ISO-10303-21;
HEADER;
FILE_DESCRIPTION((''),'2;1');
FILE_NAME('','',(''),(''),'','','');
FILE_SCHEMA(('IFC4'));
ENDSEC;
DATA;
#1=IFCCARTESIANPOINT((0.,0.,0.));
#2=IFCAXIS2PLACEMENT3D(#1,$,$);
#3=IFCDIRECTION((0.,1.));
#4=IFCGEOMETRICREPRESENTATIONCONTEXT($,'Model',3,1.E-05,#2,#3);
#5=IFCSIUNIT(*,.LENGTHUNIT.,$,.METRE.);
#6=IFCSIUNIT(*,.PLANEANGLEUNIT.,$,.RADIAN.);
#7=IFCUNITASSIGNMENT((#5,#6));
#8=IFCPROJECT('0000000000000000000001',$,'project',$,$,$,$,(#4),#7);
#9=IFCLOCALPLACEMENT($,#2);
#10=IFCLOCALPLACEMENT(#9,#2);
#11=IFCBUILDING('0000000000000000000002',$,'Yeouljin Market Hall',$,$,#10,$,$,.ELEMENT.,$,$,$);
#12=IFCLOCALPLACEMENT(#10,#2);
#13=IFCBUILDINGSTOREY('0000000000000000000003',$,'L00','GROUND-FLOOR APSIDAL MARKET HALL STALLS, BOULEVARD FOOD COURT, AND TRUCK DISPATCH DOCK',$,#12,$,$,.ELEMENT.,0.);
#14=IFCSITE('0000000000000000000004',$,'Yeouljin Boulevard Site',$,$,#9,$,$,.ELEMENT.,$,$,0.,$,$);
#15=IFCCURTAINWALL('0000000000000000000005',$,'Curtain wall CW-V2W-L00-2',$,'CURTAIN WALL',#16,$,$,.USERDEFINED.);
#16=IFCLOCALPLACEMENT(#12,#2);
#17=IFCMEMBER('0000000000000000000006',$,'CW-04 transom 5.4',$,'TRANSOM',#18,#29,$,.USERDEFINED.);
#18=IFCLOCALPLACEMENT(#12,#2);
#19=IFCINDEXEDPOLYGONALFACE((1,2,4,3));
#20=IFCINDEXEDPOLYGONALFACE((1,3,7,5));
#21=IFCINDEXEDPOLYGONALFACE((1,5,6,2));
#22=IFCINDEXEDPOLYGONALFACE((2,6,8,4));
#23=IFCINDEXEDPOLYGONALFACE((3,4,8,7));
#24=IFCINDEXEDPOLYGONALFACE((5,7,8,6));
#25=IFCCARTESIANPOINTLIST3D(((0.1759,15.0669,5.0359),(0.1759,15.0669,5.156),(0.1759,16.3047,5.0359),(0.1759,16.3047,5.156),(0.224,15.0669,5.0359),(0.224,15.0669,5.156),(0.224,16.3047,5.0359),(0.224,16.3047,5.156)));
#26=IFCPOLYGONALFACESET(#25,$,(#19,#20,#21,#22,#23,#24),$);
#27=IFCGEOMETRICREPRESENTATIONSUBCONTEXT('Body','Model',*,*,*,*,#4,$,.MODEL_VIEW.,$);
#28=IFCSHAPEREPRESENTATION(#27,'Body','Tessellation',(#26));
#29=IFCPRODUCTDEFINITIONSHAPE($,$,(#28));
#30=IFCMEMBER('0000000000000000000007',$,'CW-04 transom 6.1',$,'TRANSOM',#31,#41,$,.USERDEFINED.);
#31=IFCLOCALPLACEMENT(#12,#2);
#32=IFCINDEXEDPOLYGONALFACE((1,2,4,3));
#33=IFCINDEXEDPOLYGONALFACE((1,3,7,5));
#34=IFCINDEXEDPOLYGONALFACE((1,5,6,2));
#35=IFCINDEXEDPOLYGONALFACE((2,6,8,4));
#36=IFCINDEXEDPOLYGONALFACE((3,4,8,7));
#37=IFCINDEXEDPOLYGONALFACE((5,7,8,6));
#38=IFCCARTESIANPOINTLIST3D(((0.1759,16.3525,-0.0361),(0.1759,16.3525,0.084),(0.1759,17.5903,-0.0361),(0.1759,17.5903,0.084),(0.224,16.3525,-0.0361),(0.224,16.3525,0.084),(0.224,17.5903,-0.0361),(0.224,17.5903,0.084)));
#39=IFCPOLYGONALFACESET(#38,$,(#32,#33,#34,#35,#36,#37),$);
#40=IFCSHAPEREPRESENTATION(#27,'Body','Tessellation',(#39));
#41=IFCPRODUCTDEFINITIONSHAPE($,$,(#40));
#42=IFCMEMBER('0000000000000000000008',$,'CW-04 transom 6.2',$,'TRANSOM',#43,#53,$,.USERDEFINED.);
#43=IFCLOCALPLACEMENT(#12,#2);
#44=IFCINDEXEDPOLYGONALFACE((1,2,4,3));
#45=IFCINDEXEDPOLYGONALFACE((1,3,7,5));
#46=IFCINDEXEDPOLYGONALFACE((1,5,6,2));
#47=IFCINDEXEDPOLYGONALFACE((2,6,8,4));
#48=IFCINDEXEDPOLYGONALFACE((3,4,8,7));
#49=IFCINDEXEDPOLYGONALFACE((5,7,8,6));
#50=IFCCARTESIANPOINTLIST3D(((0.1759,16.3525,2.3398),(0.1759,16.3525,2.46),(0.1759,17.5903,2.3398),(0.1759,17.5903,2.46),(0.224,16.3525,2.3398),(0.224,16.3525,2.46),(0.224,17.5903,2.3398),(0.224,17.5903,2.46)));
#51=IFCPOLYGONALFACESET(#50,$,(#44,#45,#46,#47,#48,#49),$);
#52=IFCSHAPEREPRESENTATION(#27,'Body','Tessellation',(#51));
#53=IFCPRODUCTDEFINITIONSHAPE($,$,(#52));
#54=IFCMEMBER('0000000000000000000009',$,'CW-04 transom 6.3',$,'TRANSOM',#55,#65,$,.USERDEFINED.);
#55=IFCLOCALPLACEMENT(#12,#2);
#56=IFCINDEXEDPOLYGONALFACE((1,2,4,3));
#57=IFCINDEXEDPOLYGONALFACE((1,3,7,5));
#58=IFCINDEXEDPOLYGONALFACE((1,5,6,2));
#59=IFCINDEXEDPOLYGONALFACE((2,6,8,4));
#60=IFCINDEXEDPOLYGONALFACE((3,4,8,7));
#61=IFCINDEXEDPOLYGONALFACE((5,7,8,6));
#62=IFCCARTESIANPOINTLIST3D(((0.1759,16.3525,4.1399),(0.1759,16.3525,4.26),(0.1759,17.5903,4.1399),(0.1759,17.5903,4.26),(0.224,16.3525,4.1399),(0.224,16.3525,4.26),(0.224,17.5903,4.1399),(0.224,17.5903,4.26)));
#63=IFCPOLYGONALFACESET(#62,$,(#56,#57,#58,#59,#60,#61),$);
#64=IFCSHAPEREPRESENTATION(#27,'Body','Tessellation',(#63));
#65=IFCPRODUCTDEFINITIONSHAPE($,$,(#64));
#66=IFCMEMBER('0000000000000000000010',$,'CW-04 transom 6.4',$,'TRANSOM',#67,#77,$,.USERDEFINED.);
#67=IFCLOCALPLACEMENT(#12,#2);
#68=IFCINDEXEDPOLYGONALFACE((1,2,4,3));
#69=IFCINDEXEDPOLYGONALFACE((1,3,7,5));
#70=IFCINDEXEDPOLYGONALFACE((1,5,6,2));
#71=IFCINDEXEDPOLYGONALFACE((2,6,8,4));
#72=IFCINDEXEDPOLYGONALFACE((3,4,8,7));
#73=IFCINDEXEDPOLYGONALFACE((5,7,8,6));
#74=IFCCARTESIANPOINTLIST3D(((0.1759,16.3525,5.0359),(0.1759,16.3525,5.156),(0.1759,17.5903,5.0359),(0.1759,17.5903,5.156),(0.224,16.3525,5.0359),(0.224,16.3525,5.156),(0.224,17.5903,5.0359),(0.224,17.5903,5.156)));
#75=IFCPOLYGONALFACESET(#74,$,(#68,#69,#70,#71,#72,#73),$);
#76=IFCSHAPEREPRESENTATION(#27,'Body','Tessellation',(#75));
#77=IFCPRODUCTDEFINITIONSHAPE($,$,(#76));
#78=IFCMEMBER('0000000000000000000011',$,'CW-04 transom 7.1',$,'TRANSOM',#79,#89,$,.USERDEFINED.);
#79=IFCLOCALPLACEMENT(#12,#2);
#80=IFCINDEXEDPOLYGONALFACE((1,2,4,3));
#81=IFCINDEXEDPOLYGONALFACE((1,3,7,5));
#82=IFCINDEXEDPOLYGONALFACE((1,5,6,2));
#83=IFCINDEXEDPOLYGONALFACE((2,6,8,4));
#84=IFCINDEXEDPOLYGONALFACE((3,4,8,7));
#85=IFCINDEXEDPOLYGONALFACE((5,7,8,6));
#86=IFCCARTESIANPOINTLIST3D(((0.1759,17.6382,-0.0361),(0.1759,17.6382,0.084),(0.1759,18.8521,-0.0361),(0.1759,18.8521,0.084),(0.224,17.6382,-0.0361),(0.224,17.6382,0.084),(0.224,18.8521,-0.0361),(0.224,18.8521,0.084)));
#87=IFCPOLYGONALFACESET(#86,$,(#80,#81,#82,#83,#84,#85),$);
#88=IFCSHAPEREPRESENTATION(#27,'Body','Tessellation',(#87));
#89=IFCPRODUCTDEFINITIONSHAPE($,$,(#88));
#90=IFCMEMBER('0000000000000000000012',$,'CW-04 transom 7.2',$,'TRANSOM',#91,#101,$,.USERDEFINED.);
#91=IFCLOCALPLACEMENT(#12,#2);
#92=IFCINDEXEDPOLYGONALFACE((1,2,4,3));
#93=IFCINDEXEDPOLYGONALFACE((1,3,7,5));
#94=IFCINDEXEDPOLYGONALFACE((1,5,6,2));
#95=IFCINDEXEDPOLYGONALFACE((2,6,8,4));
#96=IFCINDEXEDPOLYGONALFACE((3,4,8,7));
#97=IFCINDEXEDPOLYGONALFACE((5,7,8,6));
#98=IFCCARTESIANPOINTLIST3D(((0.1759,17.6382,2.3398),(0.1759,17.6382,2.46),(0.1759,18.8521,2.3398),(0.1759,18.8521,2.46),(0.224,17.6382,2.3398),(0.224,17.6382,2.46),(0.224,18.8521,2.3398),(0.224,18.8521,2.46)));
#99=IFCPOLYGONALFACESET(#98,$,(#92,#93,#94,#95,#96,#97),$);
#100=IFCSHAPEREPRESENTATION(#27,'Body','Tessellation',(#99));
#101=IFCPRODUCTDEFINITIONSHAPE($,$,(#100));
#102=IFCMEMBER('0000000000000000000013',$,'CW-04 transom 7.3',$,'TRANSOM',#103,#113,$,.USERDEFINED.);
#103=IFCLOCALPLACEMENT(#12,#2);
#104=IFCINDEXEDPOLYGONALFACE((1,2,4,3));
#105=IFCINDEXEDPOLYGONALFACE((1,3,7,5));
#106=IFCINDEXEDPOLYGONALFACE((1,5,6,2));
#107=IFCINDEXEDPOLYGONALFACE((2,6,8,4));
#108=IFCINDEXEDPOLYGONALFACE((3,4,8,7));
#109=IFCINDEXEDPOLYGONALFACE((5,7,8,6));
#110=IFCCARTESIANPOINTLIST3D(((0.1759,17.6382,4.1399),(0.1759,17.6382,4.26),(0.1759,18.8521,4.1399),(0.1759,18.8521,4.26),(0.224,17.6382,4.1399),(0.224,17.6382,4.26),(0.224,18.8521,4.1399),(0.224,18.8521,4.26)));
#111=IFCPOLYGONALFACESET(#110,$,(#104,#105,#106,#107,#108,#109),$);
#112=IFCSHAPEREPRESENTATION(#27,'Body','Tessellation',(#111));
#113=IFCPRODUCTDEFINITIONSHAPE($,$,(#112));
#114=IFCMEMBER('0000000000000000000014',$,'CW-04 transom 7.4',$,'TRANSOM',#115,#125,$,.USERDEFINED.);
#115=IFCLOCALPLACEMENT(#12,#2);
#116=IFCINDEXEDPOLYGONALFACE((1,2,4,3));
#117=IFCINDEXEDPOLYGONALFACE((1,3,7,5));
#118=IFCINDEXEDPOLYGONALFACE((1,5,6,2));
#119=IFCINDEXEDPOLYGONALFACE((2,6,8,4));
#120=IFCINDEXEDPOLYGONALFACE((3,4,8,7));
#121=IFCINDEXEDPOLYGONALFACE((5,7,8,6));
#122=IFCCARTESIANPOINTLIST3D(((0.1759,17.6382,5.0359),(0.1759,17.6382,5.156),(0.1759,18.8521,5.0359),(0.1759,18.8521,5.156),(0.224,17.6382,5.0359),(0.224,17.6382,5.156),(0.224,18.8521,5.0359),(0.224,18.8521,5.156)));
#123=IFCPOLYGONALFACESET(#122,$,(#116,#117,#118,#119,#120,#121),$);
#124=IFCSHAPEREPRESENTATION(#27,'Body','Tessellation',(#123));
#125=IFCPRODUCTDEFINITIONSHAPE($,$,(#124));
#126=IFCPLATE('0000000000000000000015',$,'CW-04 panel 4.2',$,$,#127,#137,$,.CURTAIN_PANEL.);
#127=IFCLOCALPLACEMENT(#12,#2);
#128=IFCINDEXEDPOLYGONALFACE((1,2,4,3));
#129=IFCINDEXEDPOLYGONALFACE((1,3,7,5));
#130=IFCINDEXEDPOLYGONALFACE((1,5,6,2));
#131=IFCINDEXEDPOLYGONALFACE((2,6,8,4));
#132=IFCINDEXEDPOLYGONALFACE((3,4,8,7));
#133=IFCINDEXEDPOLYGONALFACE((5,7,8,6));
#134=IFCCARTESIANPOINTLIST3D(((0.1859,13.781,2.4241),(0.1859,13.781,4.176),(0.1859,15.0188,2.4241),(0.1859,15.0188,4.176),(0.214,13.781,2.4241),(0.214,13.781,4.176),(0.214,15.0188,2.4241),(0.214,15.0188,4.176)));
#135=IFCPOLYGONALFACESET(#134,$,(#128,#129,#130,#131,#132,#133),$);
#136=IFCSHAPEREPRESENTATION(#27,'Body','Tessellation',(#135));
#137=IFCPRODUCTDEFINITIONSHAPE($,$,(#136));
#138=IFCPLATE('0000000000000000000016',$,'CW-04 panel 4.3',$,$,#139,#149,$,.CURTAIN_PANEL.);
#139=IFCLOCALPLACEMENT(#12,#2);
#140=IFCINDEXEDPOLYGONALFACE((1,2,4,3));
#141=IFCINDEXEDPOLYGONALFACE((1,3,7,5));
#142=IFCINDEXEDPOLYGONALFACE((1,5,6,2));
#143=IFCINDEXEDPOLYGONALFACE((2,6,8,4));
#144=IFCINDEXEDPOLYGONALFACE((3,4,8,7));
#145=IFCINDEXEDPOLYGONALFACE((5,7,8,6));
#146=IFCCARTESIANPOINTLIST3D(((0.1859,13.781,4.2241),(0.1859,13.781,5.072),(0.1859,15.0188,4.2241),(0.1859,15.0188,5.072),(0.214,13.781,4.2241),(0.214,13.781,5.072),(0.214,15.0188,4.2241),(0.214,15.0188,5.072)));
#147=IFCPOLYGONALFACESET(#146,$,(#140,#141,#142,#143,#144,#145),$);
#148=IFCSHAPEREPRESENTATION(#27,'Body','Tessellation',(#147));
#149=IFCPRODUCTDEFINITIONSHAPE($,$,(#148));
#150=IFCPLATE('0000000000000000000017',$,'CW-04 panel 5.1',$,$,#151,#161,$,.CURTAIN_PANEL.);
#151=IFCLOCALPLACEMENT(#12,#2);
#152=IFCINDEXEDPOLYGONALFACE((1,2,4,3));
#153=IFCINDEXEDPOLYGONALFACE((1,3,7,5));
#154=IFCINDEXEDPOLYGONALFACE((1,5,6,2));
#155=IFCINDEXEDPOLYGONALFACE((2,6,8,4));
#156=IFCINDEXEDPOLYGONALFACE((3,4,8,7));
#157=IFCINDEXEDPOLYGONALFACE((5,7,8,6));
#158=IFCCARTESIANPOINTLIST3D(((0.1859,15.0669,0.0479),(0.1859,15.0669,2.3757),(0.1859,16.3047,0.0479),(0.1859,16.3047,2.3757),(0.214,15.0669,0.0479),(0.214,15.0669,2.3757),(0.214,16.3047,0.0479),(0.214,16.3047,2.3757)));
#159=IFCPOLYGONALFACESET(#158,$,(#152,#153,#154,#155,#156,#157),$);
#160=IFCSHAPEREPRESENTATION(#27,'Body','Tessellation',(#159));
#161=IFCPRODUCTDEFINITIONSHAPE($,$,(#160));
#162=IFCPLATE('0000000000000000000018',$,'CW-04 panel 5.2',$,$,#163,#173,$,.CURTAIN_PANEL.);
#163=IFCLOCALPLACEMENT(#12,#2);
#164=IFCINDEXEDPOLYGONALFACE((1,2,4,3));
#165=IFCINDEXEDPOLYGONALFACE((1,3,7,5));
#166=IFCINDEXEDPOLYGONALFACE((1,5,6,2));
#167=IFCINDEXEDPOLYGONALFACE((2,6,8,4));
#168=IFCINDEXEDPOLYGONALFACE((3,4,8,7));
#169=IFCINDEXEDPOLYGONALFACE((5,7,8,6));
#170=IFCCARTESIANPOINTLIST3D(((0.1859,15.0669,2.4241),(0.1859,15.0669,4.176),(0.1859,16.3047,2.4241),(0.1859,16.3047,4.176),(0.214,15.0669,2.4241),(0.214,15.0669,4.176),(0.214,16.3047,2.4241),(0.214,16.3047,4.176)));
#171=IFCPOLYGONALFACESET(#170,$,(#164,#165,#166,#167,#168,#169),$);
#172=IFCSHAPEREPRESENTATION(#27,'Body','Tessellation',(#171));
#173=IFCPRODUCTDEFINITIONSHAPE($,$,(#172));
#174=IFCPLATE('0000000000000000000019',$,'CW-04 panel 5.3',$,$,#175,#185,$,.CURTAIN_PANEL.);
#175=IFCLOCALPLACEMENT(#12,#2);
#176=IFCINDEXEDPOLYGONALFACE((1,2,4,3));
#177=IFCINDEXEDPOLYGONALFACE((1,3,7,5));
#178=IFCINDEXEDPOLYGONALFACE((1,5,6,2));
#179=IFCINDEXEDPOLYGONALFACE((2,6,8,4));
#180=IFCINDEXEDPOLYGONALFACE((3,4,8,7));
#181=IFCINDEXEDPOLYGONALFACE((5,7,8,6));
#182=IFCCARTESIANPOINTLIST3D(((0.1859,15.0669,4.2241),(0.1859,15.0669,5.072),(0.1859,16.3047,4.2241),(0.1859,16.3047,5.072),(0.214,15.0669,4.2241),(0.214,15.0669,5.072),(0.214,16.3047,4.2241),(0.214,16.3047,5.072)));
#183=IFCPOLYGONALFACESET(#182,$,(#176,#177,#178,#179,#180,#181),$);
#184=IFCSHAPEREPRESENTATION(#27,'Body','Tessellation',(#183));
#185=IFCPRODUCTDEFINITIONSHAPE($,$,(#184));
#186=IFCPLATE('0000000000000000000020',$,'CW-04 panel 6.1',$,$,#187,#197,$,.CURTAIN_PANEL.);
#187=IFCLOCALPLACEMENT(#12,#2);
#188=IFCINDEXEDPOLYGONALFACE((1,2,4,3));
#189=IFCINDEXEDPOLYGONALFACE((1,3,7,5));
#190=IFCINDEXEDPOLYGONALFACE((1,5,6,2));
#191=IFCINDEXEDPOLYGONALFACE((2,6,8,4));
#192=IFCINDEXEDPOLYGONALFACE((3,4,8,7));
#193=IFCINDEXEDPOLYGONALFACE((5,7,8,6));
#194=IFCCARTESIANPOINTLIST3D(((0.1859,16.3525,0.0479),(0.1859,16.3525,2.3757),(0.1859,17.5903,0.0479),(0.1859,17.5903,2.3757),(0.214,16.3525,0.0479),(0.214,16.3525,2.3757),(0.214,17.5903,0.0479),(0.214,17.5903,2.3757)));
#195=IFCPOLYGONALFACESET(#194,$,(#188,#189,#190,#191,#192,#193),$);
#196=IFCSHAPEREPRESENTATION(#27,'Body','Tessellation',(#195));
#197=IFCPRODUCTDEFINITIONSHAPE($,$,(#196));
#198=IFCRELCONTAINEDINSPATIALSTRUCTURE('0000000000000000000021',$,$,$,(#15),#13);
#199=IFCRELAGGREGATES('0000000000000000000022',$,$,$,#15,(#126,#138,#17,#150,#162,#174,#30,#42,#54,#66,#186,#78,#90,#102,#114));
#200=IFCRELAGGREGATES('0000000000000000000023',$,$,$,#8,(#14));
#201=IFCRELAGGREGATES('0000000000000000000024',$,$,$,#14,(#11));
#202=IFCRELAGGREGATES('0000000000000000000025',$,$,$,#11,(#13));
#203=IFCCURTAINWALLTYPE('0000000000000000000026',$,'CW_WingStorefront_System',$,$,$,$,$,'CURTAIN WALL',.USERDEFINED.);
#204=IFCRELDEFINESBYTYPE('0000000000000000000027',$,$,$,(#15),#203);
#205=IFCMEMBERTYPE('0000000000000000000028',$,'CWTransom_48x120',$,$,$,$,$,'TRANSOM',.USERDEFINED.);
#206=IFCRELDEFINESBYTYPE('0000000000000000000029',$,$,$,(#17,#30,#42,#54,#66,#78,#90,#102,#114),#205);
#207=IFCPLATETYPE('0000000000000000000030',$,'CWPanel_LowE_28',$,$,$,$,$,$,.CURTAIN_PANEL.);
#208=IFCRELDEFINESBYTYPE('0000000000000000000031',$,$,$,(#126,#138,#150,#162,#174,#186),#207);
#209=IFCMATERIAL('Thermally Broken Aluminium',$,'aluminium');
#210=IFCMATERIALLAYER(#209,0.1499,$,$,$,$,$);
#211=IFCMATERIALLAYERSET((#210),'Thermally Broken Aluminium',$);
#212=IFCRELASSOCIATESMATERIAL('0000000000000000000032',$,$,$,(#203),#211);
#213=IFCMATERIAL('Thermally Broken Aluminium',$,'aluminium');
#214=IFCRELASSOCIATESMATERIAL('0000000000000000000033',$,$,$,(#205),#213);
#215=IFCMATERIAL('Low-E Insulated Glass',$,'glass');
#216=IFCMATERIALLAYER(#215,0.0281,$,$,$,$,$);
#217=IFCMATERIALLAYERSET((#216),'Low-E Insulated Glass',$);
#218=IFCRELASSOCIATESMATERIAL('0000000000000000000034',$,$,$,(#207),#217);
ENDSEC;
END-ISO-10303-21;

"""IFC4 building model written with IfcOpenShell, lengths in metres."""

from ifc_helpers import new_model, si_unit, direction, frame, origin, origin_2d, place, context, subcontext, project, spatial, rectangle, extrude, material, layer, layer_set, material_profile, profile_set, type_object, element, aggregate, save


model = new_model("IFC4")

# Units and contexts
model_context = context("Model", 3, precision=1e-05, world=origin(), true_north=direction((0.0, 1.0)))
body_context = subcontext(model_context, "Body", "Model", "MODEL_VIEW")
ifc_project = project(units=[si_unit("LENGTHUNIT", "METRE"), si_unit("PLANEANGLEUNIT", "RADIAN")], contexts=[model_context])

# Site, building, storey
site_placement = place(None, origin())
site = spatial("IfcSite", under=ifc_project, at=site_placement, Name="Yeouljin Boulevard Site", CompositionType="ELEMENT", RefElevation=0.0)
building_placement = place(site_placement, origin())
building = spatial("IfcBuilding", under=site, at=building_placement, Name="Yeouljin Market Hall", CompositionType="ELEMENT")
storey_placement = place(building_placement, origin())
storey = spatial("IfcBuildingStorey", under=building, at=storey_placement, Name="L00", Description="GROUND-FLOOR APSIDAL MARKET HALL STALLS, BOULEVARD FOOD COURT, AND TRUCK DISPATCH DOCK", CompositionType="ELEMENT", Elevation=0.0)

# Curtain wall, members, plates
ifc_material_1 = material(Name="Thermally Broken Aluminium", Category="aluminium")
ifc_layer_1 = layer(ifc_material_1, 0.1499)
ifc_layer_set_1 = layer_set([ifc_layer_1], Name="Thermally Broken Aluminium")
curtain_wall_type = type_object("IfcCurtainWallType", Name="CW_WingStorefront_System", ElementType="CURTAIN WALL", PredefinedType="USERDEFINED", material=ifc_layer_set_1)
curtain_wall_placement = place(storey_placement, origin())
curtain_wall = element("IfcCurtainWall", 1, at=curtain_wall_placement, inside=storey, type_object=curtain_wall_type, Name="Curtain wall CW-V2W-L00-2", ObjectType="CURTAIN WALL", PredefinedType="USERDEFINED")
ifc_material_2 = material(Name="Thermally Broken Aluminium", Category="aluminium")
ifc_material_profile_1 = material_profile(ifc_material_2, rectangle(XDim=0.0481, YDim=0.1201, at=origin_2d()), Name="CW-TRAN-48x120")
ifc_profile_set_1 = profile_set([ifc_material_profile_1], Name="Thermally Broken Aluminium")
member_type_1 = type_object("IfcMemberType", Name="CWTransom_48x120", ElementType="TRANSOM", PredefinedType="USERDEFINED", material=ifc_profile_set_1)
member_1_placement = place(storey_placement, frame((0.2, 15.0669, 5.0959), z_axis=(0.0, 1.0, 0.0), x_axis=(-1.0, 0.0, 0.0)))
member_1 = element("IfcMember", 2, at=member_1_placement, type_object=member_type_1, Name="CW-04 transom 5.4", ObjectType="TRANSOM", PredefinedType="USERDEFINED", context=body_context, shape_type="SweptSolid", body=[
    extrude(rectangle(XDim=0.0481, YDim=0.1201, at=origin_2d()), origin(), (0.0, 0.0, 1.0), 1.2378),
])
member_2_placement = place(storey_placement, frame((0.2, 16.3525, 0.0239), z_axis=(0.0, 1.0, 0.0), x_axis=(-1.0, 0.0, 0.0)))
member_2 = element("IfcMember", 3, at=member_2_placement, type_object=member_type_1, Name="CW-04 transom 6.1", ObjectType="TRANSOM", PredefinedType="USERDEFINED", context=body_context, shape_type="SweptSolid", body=[
    extrude(rectangle(XDim=0.0481, YDim=0.1201, at=origin_2d()), origin(), (0.0, 0.0, 1.0), 1.2378),
])
member_3_placement = place(storey_placement, frame((0.2, 16.3525, 2.3999), z_axis=(0.0, 1.0, 0.0), x_axis=(-1.0, 0.0, 0.0)))
member_3 = element("IfcMember", 4, at=member_3_placement, type_object=member_type_1, Name="CW-04 transom 6.2", ObjectType="TRANSOM", PredefinedType="USERDEFINED", context=body_context, shape_type="SweptSolid", body=[
    extrude(rectangle(XDim=0.0481, YDim=0.1201, at=origin_2d()), origin(), (0.0, 0.0, 1.0), 1.2378),
])
member_4_placement = place(storey_placement, frame((0.2, 16.3525, 4.2), z_axis=(0.0, 1.0, 0.0), x_axis=(-1.0, 0.0, 0.0)))
member_4 = element("IfcMember", 5, at=member_4_placement, type_object=member_type_1, Name="CW-04 transom 6.3", ObjectType="TRANSOM", PredefinedType="USERDEFINED", context=body_context, shape_type="SweptSolid", body=[
    extrude(rectangle(XDim=0.0481, YDim=0.1201, at=origin_2d()), origin(), (0.0, 0.0, 1.0), 1.2378),
])
member_5_placement = place(storey_placement, frame((0.2, 16.3525, 5.0959), z_axis=(0.0, 1.0, 0.0), x_axis=(-1.0, 0.0, 0.0)))
member_5 = element("IfcMember", 6, at=member_5_placement, type_object=member_type_1, Name="CW-04 transom 6.4", ObjectType="TRANSOM", PredefinedType="USERDEFINED", context=body_context, shape_type="SweptSolid", body=[
    extrude(rectangle(XDim=0.0481, YDim=0.1201, at=origin_2d()), origin(), (0.0, 0.0, 1.0), 1.2378),
])
member_6_placement = place(storey_placement, frame((0.2, 17.6382, 0.0239), z_axis=(0.0, 1.0, 0.0), x_axis=(-1.0, 0.0, 0.0)))
member_6 = element("IfcMember", 7, at=member_6_placement, type_object=member_type_1, Name="CW-04 transom 7.1", ObjectType="TRANSOM", PredefinedType="USERDEFINED", context=body_context, shape_type="SweptSolid", body=[
    extrude(rectangle(XDim=0.0481, YDim=0.1201, at=origin_2d()), origin(), (0.0, 0.0, 1.0), 1.2139),
])
member_7_placement = place(storey_placement, frame((0.2, 17.6382, 2.3999), z_axis=(0.0, 1.0, 0.0), x_axis=(-1.0, 0.0, 0.0)))
member_7 = element("IfcMember", 8, at=member_7_placement, type_object=member_type_1, Name="CW-04 transom 7.2", ObjectType="TRANSOM", PredefinedType="USERDEFINED", context=body_context, shape_type="SweptSolid", body=[
    extrude(rectangle(XDim=0.0481, YDim=0.1201, at=origin_2d()), origin(), (0.0, 0.0, 1.0), 1.2139),
])
member_8_placement = place(storey_placement, frame((0.2, 17.6382, 4.2), z_axis=(0.0, 1.0, 0.0), x_axis=(-1.0, 0.0, 0.0)))
member_8 = element("IfcMember", 9, at=member_8_placement, type_object=member_type_1, Name="CW-04 transom 7.3", ObjectType="TRANSOM", PredefinedType="USERDEFINED", context=body_context, shape_type="SweptSolid", body=[
    extrude(rectangle(XDim=0.0481, YDim=0.1201, at=origin_2d()), origin(), (0.0, 0.0, 1.0), 1.2139),
])
member_9_placement = place(storey_placement, frame((0.2, 17.6382, 5.0959), z_axis=(0.0, 1.0, 0.0), x_axis=(-1.0, 0.0, 0.0)))
member_9 = element("IfcMember", 10, at=member_9_placement, type_object=member_type_1, Name="CW-04 transom 7.4", ObjectType="TRANSOM", PredefinedType="USERDEFINED", context=body_context, shape_type="SweptSolid", body=[
    extrude(rectangle(XDim=0.0481, YDim=0.1201, at=origin_2d()), origin(), (0.0, 0.0, 1.0), 1.2139),
])
ifc_material_3 = material(Name="Low-E Insulated Glass", Category="glass")
ifc_layer_2 = layer(ifc_material_3, 0.0281)
ifc_layer_set_2 = layer_set([ifc_layer_2], Name="Low-E Insulated Glass")
plate_type = type_object("IfcPlateType", Name="CWPanel_LowE_28", PredefinedType="CURTAIN_PANEL", material=ifc_layer_set_2)
plate_1_placement = place(storey_placement, frame((0.2, 14.3999, 2.4241), z_axis=(0.0, 0.0, 1.0), x_axis=(0.0, 1.0, 0.0)))
plate_1 = element("IfcPlate", 11, at=plate_1_placement, type_object=plate_type, Name="CW-04 panel 4.2", PredefinedType="CURTAIN_PANEL", context=body_context, shape_type="SweptSolid", body=[
    extrude(rectangle(XDim=1.2378, YDim=0.0281, at=origin_2d()), origin(), (0.0, 0.0, 1.0), 1.752),
])
plate_2_placement = place(storey_placement, frame((0.2, 14.3999, 4.2241), z_axis=(0.0, 0.0, 1.0), x_axis=(0.0, 1.0, 0.0)))
plate_2 = element("IfcPlate", 12, at=plate_2_placement, type_object=plate_type, Name="CW-04 panel 4.3", PredefinedType="CURTAIN_PANEL", context=body_context, shape_type="SweptSolid", body=[
    extrude(rectangle(XDim=1.2378, YDim=0.0281, at=origin_2d()), origin(), (0.0, 0.0, 1.0), 0.8479),
])
plate_3_placement = place(storey_placement, frame((0.2, 15.6858, 0.0479), z_axis=(0.0, 0.0, 1.0), x_axis=(0.0, 1.0, 0.0)))
plate_3 = element("IfcPlate", 13, at=plate_3_placement, type_object=plate_type, Name="CW-04 panel 5.1", PredefinedType="CURTAIN_PANEL", context=body_context, shape_type="SweptSolid", body=[
    extrude(rectangle(XDim=1.2378, YDim=0.0281, at=origin_2d()), origin(), (0.0, 0.0, 1.0), 2.3279),
])
plate_4_placement = place(storey_placement, frame((0.2, 15.6858, 2.4241), z_axis=(0.0, 0.0, 1.0), x_axis=(0.0, 1.0, 0.0)))
plate_4 = element("IfcPlate", 14, at=plate_4_placement, type_object=plate_type, Name="CW-04 panel 5.2", PredefinedType="CURTAIN_PANEL", context=body_context, shape_type="SweptSolid", body=[
    extrude(rectangle(XDim=1.2378, YDim=0.0281, at=origin_2d()), origin(), (0.0, 0.0, 1.0), 1.752),
])
plate_5_placement = place(storey_placement, frame((0.2, 15.6858, 4.2241), z_axis=(0.0, 0.0, 1.0), x_axis=(0.0, 1.0, 0.0)))
plate_5 = element("IfcPlate", 15, at=plate_5_placement, type_object=plate_type, Name="CW-04 panel 5.3", PredefinedType="CURTAIN_PANEL", context=body_context, shape_type="SweptSolid", body=[
    extrude(rectangle(XDim=1.2378, YDim=0.0281, at=origin_2d()), origin(), (0.0, 0.0, 1.0), 0.8479),
])
plate_6_placement = place(storey_placement, frame((0.2, 16.9714, 0.0479), z_axis=(0.0, 0.0, 1.0), x_axis=(0.0, 1.0, 0.0)))
plate_6 = element("IfcPlate", 16, at=plate_6_placement, type_object=plate_type, Name="CW-04 panel 6.1", PredefinedType="CURTAIN_PANEL", context=body_context, shape_type="SweptSolid", body=[
    extrude(rectangle(XDim=1.2378, YDim=0.0281, at=origin_2d()), origin(), (0.0, 0.0, 1.0), 2.3279),
])
aggregate(curtain_wall, [plate_1, plate_2, member_1, plate_3, plate_4, plate_5, member_2, member_3, member_4, member_5, plate_6, member_6, member_7, member_8, member_9])

save(model, "model.ifc")
